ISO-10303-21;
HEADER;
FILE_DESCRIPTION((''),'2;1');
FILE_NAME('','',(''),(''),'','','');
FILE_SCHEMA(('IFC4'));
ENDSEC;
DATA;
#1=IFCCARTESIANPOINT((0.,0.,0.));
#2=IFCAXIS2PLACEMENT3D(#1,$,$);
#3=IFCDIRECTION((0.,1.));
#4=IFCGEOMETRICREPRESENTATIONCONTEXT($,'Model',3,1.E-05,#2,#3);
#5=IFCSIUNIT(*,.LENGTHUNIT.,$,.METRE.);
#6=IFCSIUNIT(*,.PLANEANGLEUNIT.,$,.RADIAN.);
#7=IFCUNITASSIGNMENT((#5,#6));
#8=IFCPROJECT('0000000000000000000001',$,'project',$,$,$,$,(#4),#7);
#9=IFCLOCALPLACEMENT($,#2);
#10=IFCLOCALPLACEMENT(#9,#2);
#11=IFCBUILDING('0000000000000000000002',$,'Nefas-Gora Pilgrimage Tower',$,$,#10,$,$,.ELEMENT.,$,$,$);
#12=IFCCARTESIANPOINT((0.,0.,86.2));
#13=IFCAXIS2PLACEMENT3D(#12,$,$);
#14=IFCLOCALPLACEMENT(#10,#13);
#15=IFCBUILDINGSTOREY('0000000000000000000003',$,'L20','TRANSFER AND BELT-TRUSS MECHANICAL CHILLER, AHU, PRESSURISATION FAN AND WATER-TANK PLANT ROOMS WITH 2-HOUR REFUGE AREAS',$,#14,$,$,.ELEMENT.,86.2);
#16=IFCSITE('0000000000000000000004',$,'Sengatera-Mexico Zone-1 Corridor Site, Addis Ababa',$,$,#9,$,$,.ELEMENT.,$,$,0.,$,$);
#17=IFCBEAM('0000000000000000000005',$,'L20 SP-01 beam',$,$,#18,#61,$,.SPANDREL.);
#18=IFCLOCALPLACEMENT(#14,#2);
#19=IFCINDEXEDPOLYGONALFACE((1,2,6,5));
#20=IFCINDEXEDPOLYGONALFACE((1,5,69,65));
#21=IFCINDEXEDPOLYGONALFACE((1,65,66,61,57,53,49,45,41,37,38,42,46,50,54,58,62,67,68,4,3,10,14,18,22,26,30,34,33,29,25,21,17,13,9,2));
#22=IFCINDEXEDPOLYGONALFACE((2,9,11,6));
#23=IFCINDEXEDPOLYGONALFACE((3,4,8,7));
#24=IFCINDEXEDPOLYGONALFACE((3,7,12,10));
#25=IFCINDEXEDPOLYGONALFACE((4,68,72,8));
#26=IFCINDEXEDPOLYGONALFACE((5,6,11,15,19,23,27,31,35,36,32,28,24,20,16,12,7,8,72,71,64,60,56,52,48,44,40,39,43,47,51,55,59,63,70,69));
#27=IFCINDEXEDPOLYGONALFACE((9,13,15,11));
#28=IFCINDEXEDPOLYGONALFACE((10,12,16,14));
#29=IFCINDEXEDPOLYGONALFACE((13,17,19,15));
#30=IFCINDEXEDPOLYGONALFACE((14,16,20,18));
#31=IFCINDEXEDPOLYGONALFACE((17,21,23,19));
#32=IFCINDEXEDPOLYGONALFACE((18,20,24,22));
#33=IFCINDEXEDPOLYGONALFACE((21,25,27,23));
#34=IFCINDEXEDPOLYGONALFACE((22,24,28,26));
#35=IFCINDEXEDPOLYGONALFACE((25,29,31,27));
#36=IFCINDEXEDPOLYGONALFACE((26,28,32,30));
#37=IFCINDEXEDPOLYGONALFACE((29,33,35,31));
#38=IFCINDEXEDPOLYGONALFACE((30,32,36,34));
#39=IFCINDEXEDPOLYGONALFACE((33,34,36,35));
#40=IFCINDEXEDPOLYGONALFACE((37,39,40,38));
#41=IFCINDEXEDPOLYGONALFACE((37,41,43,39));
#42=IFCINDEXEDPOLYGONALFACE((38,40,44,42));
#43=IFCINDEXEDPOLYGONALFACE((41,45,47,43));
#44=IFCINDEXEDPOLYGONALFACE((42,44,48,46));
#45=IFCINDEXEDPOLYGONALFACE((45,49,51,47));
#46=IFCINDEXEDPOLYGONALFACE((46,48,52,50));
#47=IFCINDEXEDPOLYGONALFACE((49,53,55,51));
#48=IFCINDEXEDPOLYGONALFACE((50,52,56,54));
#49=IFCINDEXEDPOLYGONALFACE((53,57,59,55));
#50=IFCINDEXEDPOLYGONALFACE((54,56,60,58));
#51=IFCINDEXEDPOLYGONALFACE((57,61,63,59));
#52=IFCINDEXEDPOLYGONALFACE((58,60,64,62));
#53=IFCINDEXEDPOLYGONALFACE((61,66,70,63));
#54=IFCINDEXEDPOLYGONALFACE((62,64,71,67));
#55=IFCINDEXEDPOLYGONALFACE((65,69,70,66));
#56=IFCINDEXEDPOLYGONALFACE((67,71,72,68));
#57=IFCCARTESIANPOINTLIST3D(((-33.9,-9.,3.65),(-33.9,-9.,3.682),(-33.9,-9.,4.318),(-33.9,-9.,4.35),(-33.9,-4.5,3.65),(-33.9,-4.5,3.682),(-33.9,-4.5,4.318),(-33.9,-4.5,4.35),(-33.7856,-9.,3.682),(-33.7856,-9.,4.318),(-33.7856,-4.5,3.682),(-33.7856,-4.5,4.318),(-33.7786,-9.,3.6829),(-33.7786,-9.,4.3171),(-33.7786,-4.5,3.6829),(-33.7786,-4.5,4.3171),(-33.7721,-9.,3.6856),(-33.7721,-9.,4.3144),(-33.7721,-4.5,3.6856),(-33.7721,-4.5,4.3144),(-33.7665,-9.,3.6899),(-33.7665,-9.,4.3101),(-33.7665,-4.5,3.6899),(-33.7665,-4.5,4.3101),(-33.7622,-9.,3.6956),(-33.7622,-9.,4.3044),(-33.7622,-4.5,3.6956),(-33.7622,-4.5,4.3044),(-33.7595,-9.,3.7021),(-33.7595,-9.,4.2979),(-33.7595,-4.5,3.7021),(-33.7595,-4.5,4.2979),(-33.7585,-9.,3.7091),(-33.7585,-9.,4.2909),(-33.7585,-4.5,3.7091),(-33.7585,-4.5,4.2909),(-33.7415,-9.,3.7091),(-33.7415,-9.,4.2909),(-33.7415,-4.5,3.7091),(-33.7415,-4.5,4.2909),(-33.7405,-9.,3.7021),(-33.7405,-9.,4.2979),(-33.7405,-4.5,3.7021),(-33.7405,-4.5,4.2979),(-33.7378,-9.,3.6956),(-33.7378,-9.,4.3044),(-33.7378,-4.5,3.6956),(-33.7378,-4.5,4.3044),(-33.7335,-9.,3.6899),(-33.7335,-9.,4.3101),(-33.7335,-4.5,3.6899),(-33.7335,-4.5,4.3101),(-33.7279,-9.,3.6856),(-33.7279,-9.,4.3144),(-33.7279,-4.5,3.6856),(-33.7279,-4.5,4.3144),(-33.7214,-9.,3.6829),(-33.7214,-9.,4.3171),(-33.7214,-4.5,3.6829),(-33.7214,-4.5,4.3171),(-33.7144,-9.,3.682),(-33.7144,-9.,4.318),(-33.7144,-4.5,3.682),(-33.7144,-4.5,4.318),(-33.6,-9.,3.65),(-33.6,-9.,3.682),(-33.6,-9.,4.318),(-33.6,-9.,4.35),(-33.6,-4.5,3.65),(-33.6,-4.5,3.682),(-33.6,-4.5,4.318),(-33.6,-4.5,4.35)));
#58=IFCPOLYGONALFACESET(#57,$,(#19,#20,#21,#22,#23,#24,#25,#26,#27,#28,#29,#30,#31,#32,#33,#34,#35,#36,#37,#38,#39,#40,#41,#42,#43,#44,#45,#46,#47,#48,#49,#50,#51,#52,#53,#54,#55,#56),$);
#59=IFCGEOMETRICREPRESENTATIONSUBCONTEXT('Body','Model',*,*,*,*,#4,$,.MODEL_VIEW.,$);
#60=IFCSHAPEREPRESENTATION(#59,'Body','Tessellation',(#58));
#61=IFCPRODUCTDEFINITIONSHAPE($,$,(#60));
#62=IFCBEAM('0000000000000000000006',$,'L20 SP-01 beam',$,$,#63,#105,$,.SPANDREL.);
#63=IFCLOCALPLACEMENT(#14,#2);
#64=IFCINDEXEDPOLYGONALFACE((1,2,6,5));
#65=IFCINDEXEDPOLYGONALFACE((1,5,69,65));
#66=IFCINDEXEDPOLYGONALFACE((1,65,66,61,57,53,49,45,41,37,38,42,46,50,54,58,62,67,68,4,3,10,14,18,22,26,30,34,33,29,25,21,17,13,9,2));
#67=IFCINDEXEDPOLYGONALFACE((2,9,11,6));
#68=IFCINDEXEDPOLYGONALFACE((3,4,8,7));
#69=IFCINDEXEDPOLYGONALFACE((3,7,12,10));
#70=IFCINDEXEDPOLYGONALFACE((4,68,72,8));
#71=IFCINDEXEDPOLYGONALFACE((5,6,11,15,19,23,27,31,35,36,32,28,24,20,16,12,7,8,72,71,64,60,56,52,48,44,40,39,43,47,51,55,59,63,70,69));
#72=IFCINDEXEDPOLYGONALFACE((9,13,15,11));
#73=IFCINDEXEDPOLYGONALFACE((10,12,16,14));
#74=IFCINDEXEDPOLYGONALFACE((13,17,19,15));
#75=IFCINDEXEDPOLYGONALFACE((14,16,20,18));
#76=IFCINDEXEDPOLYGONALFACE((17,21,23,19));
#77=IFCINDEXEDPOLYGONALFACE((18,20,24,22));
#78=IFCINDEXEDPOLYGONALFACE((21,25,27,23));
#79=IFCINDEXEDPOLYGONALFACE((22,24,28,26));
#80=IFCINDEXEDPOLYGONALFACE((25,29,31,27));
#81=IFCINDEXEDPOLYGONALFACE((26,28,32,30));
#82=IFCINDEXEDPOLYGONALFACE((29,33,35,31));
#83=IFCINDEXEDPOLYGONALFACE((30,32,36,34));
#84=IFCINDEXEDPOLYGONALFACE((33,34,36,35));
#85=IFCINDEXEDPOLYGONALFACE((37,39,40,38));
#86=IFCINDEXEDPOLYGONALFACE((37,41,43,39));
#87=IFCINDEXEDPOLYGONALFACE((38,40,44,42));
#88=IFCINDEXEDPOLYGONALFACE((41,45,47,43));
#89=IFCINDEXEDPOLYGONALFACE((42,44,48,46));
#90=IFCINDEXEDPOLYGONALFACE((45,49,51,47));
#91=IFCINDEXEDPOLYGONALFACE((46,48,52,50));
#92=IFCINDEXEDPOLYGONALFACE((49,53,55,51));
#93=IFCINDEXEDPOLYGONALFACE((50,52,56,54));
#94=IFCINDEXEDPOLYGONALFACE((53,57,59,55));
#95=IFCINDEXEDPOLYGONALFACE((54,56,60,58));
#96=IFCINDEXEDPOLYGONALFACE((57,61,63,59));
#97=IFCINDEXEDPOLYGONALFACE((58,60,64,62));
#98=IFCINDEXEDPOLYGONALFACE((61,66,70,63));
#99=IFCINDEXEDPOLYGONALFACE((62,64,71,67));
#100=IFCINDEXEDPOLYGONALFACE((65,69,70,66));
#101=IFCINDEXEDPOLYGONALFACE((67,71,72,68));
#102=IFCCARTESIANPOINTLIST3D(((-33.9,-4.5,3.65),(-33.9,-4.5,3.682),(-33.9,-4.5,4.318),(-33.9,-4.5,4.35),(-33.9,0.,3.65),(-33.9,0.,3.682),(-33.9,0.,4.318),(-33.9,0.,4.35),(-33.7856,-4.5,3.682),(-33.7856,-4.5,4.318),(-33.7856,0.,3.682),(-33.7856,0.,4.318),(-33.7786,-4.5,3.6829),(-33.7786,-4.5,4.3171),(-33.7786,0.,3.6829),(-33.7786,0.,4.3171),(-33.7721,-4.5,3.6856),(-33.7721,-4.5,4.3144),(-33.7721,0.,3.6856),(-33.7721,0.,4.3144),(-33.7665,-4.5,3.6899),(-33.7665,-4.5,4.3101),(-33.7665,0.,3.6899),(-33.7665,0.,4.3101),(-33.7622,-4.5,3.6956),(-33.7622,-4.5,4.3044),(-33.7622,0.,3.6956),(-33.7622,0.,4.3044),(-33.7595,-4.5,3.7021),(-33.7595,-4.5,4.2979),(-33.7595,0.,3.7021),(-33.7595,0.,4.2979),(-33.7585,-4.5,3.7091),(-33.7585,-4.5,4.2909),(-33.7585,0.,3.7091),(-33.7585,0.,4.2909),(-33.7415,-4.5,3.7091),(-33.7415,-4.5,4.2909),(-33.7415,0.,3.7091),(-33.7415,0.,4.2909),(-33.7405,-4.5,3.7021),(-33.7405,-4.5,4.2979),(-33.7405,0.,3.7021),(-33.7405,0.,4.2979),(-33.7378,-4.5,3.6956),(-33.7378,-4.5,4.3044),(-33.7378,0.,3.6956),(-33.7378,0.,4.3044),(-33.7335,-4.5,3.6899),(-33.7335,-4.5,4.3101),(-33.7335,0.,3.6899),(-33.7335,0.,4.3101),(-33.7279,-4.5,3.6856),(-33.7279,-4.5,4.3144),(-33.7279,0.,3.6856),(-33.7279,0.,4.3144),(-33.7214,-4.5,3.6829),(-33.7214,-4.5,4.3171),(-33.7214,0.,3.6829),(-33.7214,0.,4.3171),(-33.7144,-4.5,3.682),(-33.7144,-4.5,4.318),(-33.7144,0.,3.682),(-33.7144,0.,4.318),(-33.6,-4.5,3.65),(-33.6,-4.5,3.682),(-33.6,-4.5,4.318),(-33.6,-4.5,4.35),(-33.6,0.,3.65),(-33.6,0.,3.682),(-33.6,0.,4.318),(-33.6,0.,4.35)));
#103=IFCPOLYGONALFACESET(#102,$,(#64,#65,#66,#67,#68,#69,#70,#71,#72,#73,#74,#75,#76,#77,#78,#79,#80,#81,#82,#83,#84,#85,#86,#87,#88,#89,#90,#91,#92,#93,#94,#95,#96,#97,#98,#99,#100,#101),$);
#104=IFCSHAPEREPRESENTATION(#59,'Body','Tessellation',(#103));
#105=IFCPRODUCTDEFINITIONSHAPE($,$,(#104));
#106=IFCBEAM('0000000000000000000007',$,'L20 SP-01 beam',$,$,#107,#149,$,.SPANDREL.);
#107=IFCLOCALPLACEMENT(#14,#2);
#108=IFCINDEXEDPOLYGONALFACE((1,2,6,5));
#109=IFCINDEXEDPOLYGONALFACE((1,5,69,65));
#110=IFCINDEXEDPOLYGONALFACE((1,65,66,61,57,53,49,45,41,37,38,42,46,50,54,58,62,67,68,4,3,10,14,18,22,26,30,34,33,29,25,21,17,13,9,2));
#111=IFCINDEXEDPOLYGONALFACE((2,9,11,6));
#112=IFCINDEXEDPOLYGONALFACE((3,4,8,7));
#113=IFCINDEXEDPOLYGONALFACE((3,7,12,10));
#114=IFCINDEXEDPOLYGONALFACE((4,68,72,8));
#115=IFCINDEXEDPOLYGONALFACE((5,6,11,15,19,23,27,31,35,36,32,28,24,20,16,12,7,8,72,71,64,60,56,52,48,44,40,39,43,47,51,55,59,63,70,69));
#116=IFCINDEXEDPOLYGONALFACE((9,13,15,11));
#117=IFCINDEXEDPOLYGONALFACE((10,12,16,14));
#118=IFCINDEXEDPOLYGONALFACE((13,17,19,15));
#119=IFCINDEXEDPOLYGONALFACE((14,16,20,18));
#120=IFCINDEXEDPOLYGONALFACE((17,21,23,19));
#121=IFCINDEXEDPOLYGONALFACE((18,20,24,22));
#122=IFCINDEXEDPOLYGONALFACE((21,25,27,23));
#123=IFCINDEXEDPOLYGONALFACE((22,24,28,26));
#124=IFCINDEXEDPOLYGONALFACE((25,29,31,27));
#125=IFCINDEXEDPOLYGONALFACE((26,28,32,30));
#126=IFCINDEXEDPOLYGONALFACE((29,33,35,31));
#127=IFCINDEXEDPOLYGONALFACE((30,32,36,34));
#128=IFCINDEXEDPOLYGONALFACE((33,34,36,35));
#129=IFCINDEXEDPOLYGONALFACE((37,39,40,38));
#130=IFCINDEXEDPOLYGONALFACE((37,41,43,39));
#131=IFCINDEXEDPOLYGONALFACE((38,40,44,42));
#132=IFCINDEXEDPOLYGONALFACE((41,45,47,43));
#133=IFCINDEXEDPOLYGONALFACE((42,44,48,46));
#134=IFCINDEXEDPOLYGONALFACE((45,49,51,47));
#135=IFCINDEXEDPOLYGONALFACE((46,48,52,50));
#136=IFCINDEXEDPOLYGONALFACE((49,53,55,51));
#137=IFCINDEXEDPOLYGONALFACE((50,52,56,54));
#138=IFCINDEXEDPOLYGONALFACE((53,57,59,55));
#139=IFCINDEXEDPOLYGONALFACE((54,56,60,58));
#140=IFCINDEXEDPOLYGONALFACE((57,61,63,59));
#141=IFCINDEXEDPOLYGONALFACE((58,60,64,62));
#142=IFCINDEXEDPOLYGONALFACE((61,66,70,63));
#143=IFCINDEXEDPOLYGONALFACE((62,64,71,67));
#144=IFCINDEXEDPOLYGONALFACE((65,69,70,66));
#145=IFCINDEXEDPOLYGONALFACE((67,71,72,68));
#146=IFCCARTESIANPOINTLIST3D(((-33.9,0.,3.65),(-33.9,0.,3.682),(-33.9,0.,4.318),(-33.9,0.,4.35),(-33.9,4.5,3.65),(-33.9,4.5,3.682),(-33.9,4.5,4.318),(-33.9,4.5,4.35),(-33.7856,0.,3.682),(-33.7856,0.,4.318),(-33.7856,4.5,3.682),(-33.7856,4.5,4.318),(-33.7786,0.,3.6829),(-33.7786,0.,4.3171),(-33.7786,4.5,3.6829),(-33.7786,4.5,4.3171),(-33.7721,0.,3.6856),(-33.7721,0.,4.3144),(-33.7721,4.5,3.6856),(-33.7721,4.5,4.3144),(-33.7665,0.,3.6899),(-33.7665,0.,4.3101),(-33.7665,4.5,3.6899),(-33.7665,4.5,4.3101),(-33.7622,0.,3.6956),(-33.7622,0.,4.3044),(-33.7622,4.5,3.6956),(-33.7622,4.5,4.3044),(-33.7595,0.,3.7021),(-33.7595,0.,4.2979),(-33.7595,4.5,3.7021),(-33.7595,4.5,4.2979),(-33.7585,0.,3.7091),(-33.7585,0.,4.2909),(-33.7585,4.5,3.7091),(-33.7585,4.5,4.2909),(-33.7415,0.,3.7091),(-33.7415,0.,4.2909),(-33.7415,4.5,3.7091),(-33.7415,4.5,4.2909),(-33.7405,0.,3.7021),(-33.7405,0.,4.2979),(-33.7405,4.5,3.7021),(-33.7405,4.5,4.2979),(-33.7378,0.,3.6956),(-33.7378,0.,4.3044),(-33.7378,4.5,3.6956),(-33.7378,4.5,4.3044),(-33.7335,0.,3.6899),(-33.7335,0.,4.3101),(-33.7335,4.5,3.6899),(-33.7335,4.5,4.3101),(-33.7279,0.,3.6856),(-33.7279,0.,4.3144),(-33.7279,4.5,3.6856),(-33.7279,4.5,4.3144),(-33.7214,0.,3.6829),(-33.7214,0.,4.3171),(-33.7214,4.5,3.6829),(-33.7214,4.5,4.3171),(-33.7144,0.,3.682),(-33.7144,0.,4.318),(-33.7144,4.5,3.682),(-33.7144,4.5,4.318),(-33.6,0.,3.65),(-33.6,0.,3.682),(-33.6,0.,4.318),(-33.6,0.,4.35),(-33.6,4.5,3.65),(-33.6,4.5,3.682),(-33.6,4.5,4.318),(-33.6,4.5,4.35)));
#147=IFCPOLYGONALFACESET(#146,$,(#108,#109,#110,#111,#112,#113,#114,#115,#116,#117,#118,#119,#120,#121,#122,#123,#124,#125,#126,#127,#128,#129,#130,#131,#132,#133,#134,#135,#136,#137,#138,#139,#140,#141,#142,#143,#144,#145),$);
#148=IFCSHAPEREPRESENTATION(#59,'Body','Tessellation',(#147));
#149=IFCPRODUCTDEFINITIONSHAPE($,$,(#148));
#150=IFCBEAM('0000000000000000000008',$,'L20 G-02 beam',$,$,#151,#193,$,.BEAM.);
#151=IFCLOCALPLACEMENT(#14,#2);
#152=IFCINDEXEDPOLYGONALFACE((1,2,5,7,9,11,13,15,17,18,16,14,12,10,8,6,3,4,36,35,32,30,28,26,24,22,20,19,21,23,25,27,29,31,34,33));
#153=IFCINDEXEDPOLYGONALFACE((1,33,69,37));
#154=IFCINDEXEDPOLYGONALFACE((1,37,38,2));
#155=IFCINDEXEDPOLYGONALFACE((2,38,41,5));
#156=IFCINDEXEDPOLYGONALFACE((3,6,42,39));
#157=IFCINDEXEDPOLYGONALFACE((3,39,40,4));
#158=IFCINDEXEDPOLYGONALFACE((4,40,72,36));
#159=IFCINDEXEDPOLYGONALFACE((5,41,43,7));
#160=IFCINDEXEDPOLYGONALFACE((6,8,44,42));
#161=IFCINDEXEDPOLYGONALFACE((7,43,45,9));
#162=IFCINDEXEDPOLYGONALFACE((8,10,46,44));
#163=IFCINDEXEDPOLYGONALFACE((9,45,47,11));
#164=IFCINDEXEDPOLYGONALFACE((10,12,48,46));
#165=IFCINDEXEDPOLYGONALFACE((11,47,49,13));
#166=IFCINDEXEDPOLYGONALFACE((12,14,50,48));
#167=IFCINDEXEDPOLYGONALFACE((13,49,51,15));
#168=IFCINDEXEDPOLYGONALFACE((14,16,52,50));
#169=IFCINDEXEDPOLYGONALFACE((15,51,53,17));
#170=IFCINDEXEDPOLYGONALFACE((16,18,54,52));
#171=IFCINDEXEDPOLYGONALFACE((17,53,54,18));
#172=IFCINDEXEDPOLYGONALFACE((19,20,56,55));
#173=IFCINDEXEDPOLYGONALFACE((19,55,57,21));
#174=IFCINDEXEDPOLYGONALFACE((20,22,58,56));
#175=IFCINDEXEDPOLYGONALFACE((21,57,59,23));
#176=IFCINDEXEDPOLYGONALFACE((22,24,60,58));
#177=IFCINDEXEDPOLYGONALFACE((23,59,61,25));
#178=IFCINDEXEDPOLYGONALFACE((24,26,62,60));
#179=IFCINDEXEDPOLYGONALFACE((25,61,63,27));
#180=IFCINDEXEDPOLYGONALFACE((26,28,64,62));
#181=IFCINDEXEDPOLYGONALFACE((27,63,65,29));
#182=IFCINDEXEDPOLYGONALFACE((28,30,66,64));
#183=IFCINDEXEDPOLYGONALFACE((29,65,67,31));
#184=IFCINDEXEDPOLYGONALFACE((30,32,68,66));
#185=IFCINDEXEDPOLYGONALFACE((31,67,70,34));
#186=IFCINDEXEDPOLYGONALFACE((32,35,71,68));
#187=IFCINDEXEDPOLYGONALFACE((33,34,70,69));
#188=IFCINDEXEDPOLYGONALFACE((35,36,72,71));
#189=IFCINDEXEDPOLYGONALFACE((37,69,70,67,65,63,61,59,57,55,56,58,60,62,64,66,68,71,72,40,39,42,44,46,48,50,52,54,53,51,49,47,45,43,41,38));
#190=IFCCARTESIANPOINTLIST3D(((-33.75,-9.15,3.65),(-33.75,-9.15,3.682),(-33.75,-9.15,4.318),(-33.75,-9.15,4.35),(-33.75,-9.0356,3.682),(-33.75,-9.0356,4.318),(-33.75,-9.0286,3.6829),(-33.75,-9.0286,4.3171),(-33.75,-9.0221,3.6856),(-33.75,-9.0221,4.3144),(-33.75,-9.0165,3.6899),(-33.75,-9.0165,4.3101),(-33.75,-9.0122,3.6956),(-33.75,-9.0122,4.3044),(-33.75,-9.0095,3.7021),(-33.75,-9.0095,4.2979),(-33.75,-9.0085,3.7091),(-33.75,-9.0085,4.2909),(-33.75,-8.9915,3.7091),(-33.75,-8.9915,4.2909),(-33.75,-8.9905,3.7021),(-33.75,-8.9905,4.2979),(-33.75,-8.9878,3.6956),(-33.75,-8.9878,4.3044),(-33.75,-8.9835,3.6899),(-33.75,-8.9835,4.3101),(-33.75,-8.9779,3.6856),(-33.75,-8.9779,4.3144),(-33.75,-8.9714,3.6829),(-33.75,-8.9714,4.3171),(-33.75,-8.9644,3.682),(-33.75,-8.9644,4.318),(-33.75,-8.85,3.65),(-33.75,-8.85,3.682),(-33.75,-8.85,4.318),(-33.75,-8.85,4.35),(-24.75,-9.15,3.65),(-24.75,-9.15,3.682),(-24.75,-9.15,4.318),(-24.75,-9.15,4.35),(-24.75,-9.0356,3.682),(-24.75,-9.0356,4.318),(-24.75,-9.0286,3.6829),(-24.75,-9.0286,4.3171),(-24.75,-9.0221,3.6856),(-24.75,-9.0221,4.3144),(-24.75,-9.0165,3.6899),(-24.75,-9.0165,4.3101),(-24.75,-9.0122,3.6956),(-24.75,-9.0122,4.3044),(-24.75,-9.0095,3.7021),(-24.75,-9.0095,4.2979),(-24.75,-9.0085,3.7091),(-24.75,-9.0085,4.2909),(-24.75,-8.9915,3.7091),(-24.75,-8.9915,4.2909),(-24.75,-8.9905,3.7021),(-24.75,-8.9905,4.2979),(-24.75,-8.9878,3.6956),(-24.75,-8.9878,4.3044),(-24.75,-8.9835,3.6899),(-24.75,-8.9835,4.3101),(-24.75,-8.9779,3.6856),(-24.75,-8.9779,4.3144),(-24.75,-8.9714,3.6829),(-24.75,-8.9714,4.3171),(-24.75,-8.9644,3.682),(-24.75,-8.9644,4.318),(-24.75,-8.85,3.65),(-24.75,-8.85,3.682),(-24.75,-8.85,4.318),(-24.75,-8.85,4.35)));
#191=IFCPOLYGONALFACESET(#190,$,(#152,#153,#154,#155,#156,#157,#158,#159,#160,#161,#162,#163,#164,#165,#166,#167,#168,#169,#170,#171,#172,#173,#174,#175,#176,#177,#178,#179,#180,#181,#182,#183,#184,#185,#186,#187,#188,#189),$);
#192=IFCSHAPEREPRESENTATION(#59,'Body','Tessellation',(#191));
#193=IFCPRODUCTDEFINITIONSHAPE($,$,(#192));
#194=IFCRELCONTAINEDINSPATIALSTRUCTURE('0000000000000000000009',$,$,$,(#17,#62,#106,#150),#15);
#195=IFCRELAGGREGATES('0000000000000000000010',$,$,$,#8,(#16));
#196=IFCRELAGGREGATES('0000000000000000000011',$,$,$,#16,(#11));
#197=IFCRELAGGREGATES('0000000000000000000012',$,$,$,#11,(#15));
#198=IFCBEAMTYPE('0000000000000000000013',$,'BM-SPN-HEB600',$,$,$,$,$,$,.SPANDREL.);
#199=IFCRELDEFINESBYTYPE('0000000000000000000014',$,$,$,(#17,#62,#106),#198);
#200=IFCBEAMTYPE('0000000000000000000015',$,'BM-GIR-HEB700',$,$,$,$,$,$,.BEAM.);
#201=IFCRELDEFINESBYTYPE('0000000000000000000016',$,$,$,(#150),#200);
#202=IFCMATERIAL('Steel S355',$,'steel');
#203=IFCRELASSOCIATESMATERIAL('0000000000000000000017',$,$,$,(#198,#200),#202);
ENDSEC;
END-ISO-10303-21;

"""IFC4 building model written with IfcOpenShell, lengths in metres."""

from ifc_helpers import new_model, si_unit, direction, frame, origin, origin_2d, place, context, subcontext, project, spatial, i_section, extrude, source, transform, mapped, material, material_profile, profile_set, type_object, element, save


model = new_model("IFC4")

# Units and contexts
model_context = context("Model", 3, precision=1e-05, world=origin(), true_north=direction((0.0, 1.0)))
body_context = subcontext(model_context, "Body", "Model", "MODEL_VIEW")
ifc_project = project(units=[si_unit("LENGTHUNIT", "METRE"), si_unit("PLANEANGLEUNIT", "RADIAN")], contexts=[model_context])

# Site, building, storey
site_placement = place(None, origin())
site = spatial("IfcSite", under=ifc_project, at=site_placement, Name="Sengatera-Mexico Zone-1 Corridor Site, Addis Ababa", CompositionType="ELEMENT", RefElevation=0.0)
building_placement = place(site_placement, origin())
building = spatial("IfcBuilding", under=site, at=building_placement, Name="Nefas-Gora Pilgrimage Tower", CompositionType="ELEMENT")
storey_placement = place(building_placement, frame((0.0, 0.0, 86.2)))
storey = spatial("IfcBuildingStorey", under=building, at=storey_placement, Name="L20", Description="TRANSFER AND BELT-TRUSS MECHANICAL CHILLER, AHU, PRESSURISATION FAN AND WATER-TANK PLANT ROOMS WITH 2-HOUR REFUGE AREAS", CompositionType="ELEMENT", Elevation=86.2)

# Beams
ifc_material_1 = material(Name="Steel S355", Category="steel")
ifc_material_profile_1 = material_profile(ifc_material_1, i_section(OverallWidth=0.3, OverallDepth=0.7, WebThickness=0.0171, FlangeThickness=0.032, FilletRadius=0.0271, at=origin_2d()), Name="HEB 700")
ifc_profile_set_1 = profile_set([ifc_material_profile_1], Name="Steel S355")
beam_type_1 = type_object("IfcBeamType", Name="BM-SPN-HEB600", PredefinedType="SPANDREL", material=ifc_profile_set_1)
shared_shape_1 = source(origin(), body_context, "Body", "SweptSolid", [
    extrude(i_section(OverallWidth=0.3, OverallDepth=0.7, WebThickness=0.0171, FlangeThickness=0.032, FilletRadius=0.0271, at=origin_2d()), origin(), (0.0, 0.0, 1.0), 4.5),
])
for number, where, z_axis, x_axis, name in (
    (1, (-33.75, -9.0, 4.0), (0.0, 1.0, 0.0), (-1.0, 0.0, 0.0), "L20 SP-01 beam"),
    (2, (-33.75, -4.5, 4.0), (0.0, 1.0, 0.0), (-1.0, 0.0, 0.0), "L20 SP-01 beam"),
    (3, (-33.75, 0.0, 4.0), (0.0, 1.0, 0.0), (-1.0, 0.0, 0.0), "L20 SP-01 beam"),
):
    element("IfcBeam", number, at=place(storey_placement, frame(where, z_axis=z_axis, x_axis=x_axis)), inside=storey, type_object=beam_type_1, Name=name, PredefinedType="SPANDREL", context=body_context, shape_type="MappedRepresentation", body=[
        mapped(shared_shape_1, transform((0.0, 0.0, 0.0), x_axis=(1.0, 0.0, 0.0), y_axis=(0.0, 1.0, 0.0), z_axis=(0.0, 0.0, 1.0), scale=1.0)),
    ])
ifc_material_profile_2 = material_profile(ifc_material_1, i_section(OverallWidth=0.3, OverallDepth=0.7, WebThickness=0.0171, FlangeThickness=0.032, FilletRadius=0.0271, at=origin_2d()), Name="HEB 700")
ifc_profile_set_2 = profile_set([ifc_material_profile_2], Name="Steel S355")
beam_type_2 = type_object("IfcBeamType", Name="BM-GIR-HEB700", PredefinedType="BEAM", material=ifc_profile_set_2)
shared_shape_2 = source(origin(), body_context, "Body", "SweptSolid", [
    extrude(i_section(OverallWidth=0.3, OverallDepth=0.7, WebThickness=0.0171, FlangeThickness=0.032, FilletRadius=0.0271, at=origin_2d()), origin(), (0.0, 0.0, 1.0), 9.0),
])
for number, where, z_axis, x_axis, name in (
    (4, (-33.75, -9.0, 4.0), (1.0, 0.0, 0.0), (0.0, 1.0, 0.0), "L20 G-02 beam"),
):
    element("IfcBeam", number, at=place(storey_placement, frame(where, z_axis=z_axis, x_axis=x_axis)), inside=storey, type_object=beam_type_2, Name=name, PredefinedType="BEAM", context=body_context, shape_type="MappedRepresentation", body=[
        mapped(shared_shape_2, transform((0.0, 0.0, 0.0), x_axis=(1.0, 0.0, 0.0), y_axis=(0.0, 1.0, 0.0), z_axis=(0.0, 0.0, 1.0), scale=1.0)),
    ])

save(model, "model.ifc")
